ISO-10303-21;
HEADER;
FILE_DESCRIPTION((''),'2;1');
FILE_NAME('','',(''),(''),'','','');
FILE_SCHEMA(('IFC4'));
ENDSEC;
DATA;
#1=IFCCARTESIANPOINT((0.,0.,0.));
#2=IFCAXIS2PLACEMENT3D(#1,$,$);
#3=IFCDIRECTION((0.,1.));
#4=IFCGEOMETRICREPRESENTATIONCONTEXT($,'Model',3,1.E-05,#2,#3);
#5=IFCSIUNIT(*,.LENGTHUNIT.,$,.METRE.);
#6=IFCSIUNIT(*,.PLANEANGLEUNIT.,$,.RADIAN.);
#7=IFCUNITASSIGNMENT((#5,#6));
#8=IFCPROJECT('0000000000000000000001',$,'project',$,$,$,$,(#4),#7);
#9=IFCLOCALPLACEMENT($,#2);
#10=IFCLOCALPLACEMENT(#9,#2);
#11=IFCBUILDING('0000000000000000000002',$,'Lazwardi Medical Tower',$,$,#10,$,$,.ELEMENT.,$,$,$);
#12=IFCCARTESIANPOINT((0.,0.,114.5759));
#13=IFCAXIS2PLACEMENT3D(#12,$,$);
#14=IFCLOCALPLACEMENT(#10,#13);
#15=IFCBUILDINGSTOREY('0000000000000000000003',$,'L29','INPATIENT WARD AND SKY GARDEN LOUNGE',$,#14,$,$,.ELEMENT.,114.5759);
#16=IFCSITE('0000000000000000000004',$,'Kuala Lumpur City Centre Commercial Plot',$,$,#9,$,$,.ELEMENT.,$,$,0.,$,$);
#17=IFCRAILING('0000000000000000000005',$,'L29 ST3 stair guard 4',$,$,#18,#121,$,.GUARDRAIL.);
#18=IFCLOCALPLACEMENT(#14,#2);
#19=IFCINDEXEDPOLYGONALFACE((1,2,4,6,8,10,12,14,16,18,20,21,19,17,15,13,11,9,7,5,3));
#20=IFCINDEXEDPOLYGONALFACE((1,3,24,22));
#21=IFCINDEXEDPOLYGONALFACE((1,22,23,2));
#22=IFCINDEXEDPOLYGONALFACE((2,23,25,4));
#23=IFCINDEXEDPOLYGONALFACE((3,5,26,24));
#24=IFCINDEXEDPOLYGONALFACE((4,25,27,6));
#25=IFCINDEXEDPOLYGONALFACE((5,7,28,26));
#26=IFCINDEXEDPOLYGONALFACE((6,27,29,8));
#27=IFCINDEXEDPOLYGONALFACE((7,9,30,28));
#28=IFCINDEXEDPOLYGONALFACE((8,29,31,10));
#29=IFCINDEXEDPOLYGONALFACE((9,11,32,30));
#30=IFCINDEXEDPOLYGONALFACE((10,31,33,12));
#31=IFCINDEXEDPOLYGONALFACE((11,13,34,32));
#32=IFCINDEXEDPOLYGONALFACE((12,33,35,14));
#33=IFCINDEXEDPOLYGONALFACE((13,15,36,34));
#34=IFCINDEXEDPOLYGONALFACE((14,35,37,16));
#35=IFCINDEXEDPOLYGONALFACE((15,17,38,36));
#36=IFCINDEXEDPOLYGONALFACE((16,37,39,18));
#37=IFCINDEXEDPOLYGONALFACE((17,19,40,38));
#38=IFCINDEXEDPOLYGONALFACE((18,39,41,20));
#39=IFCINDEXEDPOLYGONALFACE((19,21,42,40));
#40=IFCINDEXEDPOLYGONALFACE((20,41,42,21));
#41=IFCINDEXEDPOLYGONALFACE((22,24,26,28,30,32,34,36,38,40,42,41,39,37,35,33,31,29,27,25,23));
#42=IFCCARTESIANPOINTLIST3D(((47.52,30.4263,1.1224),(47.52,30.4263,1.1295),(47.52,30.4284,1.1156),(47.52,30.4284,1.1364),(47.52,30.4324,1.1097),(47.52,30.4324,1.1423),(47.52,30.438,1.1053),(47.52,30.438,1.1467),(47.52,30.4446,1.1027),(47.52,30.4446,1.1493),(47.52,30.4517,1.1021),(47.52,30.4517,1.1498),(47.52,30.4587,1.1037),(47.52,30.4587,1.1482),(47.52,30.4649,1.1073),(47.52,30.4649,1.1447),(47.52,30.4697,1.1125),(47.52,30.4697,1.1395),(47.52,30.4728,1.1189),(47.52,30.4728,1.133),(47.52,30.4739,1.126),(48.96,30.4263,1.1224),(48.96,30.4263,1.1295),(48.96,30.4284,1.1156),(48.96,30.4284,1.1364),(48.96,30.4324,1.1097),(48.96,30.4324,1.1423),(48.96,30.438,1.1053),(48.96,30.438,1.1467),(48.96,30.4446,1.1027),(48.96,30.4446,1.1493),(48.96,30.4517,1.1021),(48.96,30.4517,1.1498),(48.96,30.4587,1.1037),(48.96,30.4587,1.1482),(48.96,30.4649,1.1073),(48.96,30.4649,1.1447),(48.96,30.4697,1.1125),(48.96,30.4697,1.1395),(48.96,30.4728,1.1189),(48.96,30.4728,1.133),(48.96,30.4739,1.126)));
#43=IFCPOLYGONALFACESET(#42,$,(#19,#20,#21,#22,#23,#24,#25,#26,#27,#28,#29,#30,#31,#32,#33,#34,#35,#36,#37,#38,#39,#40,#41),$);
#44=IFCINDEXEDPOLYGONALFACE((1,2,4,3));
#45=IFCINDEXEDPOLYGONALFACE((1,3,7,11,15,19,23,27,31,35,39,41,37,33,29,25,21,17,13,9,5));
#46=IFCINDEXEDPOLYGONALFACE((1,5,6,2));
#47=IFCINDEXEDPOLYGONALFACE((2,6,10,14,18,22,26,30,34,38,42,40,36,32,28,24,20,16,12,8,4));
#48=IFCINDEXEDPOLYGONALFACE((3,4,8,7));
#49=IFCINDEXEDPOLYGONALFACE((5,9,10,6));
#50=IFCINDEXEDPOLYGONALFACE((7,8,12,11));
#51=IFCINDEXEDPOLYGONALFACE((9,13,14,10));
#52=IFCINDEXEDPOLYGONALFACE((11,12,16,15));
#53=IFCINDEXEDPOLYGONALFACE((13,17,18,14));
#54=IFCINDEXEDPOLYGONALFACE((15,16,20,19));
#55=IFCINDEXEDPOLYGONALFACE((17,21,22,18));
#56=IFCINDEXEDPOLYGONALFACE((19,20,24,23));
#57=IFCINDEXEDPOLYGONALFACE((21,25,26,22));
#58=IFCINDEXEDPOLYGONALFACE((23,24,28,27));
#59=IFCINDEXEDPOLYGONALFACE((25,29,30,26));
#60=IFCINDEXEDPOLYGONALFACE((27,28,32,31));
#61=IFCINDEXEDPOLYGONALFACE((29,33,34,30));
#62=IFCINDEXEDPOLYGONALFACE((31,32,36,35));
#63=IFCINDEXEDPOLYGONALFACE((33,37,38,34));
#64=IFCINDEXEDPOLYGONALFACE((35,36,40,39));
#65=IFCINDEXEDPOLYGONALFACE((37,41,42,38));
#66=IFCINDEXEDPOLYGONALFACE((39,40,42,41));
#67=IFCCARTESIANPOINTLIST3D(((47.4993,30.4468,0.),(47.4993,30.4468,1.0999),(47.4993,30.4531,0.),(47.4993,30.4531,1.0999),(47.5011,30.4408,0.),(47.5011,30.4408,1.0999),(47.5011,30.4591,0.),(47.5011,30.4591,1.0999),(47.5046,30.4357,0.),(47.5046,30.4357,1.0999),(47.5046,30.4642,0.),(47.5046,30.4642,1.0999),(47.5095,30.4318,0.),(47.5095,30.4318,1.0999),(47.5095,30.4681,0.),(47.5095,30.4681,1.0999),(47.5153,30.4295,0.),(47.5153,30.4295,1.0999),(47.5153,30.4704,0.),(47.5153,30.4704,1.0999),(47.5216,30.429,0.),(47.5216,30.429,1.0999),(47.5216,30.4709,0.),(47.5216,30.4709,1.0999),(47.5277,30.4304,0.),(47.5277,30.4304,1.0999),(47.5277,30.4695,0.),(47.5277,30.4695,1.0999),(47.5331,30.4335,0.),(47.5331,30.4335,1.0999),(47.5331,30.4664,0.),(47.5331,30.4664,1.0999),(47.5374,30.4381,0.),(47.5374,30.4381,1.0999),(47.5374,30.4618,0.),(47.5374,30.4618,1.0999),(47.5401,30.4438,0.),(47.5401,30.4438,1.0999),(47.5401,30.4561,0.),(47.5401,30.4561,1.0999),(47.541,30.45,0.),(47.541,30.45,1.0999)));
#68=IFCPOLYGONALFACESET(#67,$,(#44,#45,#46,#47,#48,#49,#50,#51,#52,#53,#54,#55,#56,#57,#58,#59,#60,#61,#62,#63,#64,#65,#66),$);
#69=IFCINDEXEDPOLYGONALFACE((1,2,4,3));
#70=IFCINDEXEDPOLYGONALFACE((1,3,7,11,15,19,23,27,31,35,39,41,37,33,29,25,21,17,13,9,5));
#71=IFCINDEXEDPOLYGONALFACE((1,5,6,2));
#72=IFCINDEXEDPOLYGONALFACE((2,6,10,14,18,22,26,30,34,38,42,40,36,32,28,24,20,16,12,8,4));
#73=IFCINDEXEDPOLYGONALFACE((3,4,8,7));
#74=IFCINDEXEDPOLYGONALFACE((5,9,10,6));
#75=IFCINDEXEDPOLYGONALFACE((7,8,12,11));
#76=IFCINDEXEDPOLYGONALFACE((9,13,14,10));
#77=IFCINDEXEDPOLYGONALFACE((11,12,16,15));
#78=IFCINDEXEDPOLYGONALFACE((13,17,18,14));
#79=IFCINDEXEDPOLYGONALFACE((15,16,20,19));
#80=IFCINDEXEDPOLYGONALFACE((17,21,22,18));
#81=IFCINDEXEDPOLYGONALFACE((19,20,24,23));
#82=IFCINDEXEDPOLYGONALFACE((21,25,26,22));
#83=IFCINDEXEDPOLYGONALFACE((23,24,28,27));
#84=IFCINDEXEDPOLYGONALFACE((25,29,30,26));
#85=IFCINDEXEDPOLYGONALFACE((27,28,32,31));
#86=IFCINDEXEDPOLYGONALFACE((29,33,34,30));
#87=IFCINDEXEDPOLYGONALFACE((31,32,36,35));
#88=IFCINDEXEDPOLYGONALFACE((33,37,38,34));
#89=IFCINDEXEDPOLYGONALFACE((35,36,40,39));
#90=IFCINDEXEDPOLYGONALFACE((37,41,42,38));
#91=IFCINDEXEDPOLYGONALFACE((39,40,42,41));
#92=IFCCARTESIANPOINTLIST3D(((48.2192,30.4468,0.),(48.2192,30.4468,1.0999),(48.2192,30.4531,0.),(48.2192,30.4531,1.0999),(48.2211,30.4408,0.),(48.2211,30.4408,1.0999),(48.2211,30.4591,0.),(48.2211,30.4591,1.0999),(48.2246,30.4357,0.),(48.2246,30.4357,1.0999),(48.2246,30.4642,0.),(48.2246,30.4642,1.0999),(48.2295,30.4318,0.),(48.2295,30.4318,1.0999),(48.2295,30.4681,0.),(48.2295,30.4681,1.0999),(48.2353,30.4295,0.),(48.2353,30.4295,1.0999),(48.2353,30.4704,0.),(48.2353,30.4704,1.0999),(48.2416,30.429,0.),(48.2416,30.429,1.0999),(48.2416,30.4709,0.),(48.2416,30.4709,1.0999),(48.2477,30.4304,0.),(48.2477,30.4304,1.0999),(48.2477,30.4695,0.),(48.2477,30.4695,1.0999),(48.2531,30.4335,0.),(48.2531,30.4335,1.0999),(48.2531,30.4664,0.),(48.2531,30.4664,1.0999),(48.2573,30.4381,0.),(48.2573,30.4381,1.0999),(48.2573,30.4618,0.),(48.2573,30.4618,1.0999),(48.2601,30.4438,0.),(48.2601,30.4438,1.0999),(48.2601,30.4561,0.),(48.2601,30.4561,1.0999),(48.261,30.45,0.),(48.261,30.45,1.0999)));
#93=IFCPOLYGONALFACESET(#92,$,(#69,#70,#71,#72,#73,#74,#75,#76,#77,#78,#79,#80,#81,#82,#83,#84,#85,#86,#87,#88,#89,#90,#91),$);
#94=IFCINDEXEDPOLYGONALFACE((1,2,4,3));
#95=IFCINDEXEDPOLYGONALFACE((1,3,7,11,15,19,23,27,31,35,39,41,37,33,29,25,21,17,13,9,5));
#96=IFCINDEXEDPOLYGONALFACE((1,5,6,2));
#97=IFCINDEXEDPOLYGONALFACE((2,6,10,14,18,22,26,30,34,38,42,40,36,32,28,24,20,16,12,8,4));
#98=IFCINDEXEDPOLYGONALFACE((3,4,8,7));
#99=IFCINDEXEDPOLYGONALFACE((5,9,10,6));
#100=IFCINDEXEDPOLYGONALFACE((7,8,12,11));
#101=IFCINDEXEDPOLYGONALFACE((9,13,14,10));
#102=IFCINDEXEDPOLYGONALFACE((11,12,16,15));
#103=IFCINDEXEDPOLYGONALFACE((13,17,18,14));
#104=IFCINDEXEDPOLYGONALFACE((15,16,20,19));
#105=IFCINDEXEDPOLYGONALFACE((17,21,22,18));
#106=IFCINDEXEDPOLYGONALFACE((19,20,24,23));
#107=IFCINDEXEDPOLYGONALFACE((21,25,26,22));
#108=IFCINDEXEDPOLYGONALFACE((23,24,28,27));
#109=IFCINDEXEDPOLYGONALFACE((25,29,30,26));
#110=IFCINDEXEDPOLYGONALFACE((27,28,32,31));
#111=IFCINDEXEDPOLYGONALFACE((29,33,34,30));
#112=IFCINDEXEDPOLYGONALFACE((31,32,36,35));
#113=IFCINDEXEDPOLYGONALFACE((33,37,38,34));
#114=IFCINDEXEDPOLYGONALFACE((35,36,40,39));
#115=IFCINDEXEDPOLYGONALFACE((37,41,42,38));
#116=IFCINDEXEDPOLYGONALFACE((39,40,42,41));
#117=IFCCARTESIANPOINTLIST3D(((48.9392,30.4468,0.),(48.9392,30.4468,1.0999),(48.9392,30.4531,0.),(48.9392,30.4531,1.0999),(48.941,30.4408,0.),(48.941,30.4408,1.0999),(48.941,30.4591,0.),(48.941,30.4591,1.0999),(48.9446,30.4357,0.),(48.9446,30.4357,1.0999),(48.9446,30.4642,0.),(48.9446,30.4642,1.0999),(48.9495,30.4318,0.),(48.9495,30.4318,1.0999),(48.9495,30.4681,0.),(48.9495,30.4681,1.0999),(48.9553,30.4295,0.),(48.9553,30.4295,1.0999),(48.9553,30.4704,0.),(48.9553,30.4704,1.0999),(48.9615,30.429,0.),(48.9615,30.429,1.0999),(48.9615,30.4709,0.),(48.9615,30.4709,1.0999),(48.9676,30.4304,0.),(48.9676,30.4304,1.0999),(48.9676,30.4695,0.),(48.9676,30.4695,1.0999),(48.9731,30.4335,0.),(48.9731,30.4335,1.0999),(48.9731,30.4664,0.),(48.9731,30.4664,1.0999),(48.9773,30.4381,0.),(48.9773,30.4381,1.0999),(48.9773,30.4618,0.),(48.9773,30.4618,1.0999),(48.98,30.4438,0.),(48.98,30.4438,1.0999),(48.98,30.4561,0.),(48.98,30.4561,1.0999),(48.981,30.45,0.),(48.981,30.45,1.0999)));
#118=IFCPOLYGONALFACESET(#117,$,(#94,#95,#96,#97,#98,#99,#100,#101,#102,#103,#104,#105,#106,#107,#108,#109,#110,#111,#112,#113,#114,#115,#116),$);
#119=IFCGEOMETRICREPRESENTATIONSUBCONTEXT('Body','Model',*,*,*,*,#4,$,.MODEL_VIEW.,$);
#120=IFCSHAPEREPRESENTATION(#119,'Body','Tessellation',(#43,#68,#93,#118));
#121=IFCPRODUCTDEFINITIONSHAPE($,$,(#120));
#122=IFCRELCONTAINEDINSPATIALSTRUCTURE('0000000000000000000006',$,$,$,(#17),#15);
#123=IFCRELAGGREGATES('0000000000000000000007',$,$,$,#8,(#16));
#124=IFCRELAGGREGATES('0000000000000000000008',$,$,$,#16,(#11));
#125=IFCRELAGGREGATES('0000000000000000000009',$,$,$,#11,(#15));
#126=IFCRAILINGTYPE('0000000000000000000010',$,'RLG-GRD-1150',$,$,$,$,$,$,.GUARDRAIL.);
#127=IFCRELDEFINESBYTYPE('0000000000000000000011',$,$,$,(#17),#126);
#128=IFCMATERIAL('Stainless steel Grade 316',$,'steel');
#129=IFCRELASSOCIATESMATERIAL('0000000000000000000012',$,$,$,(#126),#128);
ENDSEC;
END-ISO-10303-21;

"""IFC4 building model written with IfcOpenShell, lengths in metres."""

from ifc_helpers import new_model, si_unit, direction, frame, origin, origin_2d, place, context, subcontext, project, spatial, circle, extrude, material, type_object, element, save


model = new_model("IFC4")

# Units and contexts
model_context = context("Model", 3, precision=1e-05, world=origin(), true_north=direction((0.0, 1.0)))
body_context = subcontext(model_context, "Body", "Model", "MODEL_VIEW")
ifc_project = project(units=[si_unit("LENGTHUNIT", "METRE"), si_unit("PLANEANGLEUNIT", "RADIAN")], contexts=[model_context])

# Site, building, storey
site_placement = place(None, origin())
site = spatial("IfcSite", under=ifc_project, at=site_placement, Name="Kuala Lumpur City Centre Commercial Plot", CompositionType="ELEMENT", RefElevation=0.0)
building_placement = place(site_placement, origin())
building = spatial("IfcBuilding", under=site, at=building_placement, Name="Lazwardi Medical Tower", CompositionType="ELEMENT")
storey_placement = place(building_placement, frame((0.0, 0.0, 114.5759)))
storey = spatial("IfcBuildingStorey", under=building, at=storey_placement, Name="L29", Description="INPATIENT WARD AND SKY GARDEN LOUNGE", CompositionType="ELEMENT", Elevation=114.5759)

# Railing
ifc_material_1 = material(Name="Stainless steel Grade 316", Category="steel")
railing_type = type_object("IfcRailingType", Name="RLG-GRD-1150", PredefinedType="GUARDRAIL", material=ifc_material_1)
railing_1_placement = place(storey_placement, frame((47.52, 30.45, 0.0)))
element("IfcRailing", 1, at=railing_1_placement, inside=storey, type_object=railing_type, Name="L29 ST3 stair guard 4", PredefinedType="GUARDRAIL", context=body_context, shape_type="SweptSolid", body=[
    extrude(circle(Radius=0.0239, at=origin_2d()), frame((0.0, 0.0, 1.126), z_axis=(1.0, 0.0, 0.0), x_axis=(0.0, 1.0, 0.0)), (0.0, 0.0, 1.0), 1.4399),
    extrude(circle(Radius=0.021, at=origin_2d()), origin(), (0.0, 0.0, 1.0), 1.0999),
    extrude(circle(Radius=0.021, at=origin_2d()), frame((0.72, 0.0, 0.0)), (0.0, 0.0, 1.0), 1.0999),
    extrude(circle(Radius=0.021, at=origin_2d()), frame((1.4399, 0.0, 0.0)), (0.0, 0.0, 1.0), 1.0999),
])

save(model, "model.ifc")
